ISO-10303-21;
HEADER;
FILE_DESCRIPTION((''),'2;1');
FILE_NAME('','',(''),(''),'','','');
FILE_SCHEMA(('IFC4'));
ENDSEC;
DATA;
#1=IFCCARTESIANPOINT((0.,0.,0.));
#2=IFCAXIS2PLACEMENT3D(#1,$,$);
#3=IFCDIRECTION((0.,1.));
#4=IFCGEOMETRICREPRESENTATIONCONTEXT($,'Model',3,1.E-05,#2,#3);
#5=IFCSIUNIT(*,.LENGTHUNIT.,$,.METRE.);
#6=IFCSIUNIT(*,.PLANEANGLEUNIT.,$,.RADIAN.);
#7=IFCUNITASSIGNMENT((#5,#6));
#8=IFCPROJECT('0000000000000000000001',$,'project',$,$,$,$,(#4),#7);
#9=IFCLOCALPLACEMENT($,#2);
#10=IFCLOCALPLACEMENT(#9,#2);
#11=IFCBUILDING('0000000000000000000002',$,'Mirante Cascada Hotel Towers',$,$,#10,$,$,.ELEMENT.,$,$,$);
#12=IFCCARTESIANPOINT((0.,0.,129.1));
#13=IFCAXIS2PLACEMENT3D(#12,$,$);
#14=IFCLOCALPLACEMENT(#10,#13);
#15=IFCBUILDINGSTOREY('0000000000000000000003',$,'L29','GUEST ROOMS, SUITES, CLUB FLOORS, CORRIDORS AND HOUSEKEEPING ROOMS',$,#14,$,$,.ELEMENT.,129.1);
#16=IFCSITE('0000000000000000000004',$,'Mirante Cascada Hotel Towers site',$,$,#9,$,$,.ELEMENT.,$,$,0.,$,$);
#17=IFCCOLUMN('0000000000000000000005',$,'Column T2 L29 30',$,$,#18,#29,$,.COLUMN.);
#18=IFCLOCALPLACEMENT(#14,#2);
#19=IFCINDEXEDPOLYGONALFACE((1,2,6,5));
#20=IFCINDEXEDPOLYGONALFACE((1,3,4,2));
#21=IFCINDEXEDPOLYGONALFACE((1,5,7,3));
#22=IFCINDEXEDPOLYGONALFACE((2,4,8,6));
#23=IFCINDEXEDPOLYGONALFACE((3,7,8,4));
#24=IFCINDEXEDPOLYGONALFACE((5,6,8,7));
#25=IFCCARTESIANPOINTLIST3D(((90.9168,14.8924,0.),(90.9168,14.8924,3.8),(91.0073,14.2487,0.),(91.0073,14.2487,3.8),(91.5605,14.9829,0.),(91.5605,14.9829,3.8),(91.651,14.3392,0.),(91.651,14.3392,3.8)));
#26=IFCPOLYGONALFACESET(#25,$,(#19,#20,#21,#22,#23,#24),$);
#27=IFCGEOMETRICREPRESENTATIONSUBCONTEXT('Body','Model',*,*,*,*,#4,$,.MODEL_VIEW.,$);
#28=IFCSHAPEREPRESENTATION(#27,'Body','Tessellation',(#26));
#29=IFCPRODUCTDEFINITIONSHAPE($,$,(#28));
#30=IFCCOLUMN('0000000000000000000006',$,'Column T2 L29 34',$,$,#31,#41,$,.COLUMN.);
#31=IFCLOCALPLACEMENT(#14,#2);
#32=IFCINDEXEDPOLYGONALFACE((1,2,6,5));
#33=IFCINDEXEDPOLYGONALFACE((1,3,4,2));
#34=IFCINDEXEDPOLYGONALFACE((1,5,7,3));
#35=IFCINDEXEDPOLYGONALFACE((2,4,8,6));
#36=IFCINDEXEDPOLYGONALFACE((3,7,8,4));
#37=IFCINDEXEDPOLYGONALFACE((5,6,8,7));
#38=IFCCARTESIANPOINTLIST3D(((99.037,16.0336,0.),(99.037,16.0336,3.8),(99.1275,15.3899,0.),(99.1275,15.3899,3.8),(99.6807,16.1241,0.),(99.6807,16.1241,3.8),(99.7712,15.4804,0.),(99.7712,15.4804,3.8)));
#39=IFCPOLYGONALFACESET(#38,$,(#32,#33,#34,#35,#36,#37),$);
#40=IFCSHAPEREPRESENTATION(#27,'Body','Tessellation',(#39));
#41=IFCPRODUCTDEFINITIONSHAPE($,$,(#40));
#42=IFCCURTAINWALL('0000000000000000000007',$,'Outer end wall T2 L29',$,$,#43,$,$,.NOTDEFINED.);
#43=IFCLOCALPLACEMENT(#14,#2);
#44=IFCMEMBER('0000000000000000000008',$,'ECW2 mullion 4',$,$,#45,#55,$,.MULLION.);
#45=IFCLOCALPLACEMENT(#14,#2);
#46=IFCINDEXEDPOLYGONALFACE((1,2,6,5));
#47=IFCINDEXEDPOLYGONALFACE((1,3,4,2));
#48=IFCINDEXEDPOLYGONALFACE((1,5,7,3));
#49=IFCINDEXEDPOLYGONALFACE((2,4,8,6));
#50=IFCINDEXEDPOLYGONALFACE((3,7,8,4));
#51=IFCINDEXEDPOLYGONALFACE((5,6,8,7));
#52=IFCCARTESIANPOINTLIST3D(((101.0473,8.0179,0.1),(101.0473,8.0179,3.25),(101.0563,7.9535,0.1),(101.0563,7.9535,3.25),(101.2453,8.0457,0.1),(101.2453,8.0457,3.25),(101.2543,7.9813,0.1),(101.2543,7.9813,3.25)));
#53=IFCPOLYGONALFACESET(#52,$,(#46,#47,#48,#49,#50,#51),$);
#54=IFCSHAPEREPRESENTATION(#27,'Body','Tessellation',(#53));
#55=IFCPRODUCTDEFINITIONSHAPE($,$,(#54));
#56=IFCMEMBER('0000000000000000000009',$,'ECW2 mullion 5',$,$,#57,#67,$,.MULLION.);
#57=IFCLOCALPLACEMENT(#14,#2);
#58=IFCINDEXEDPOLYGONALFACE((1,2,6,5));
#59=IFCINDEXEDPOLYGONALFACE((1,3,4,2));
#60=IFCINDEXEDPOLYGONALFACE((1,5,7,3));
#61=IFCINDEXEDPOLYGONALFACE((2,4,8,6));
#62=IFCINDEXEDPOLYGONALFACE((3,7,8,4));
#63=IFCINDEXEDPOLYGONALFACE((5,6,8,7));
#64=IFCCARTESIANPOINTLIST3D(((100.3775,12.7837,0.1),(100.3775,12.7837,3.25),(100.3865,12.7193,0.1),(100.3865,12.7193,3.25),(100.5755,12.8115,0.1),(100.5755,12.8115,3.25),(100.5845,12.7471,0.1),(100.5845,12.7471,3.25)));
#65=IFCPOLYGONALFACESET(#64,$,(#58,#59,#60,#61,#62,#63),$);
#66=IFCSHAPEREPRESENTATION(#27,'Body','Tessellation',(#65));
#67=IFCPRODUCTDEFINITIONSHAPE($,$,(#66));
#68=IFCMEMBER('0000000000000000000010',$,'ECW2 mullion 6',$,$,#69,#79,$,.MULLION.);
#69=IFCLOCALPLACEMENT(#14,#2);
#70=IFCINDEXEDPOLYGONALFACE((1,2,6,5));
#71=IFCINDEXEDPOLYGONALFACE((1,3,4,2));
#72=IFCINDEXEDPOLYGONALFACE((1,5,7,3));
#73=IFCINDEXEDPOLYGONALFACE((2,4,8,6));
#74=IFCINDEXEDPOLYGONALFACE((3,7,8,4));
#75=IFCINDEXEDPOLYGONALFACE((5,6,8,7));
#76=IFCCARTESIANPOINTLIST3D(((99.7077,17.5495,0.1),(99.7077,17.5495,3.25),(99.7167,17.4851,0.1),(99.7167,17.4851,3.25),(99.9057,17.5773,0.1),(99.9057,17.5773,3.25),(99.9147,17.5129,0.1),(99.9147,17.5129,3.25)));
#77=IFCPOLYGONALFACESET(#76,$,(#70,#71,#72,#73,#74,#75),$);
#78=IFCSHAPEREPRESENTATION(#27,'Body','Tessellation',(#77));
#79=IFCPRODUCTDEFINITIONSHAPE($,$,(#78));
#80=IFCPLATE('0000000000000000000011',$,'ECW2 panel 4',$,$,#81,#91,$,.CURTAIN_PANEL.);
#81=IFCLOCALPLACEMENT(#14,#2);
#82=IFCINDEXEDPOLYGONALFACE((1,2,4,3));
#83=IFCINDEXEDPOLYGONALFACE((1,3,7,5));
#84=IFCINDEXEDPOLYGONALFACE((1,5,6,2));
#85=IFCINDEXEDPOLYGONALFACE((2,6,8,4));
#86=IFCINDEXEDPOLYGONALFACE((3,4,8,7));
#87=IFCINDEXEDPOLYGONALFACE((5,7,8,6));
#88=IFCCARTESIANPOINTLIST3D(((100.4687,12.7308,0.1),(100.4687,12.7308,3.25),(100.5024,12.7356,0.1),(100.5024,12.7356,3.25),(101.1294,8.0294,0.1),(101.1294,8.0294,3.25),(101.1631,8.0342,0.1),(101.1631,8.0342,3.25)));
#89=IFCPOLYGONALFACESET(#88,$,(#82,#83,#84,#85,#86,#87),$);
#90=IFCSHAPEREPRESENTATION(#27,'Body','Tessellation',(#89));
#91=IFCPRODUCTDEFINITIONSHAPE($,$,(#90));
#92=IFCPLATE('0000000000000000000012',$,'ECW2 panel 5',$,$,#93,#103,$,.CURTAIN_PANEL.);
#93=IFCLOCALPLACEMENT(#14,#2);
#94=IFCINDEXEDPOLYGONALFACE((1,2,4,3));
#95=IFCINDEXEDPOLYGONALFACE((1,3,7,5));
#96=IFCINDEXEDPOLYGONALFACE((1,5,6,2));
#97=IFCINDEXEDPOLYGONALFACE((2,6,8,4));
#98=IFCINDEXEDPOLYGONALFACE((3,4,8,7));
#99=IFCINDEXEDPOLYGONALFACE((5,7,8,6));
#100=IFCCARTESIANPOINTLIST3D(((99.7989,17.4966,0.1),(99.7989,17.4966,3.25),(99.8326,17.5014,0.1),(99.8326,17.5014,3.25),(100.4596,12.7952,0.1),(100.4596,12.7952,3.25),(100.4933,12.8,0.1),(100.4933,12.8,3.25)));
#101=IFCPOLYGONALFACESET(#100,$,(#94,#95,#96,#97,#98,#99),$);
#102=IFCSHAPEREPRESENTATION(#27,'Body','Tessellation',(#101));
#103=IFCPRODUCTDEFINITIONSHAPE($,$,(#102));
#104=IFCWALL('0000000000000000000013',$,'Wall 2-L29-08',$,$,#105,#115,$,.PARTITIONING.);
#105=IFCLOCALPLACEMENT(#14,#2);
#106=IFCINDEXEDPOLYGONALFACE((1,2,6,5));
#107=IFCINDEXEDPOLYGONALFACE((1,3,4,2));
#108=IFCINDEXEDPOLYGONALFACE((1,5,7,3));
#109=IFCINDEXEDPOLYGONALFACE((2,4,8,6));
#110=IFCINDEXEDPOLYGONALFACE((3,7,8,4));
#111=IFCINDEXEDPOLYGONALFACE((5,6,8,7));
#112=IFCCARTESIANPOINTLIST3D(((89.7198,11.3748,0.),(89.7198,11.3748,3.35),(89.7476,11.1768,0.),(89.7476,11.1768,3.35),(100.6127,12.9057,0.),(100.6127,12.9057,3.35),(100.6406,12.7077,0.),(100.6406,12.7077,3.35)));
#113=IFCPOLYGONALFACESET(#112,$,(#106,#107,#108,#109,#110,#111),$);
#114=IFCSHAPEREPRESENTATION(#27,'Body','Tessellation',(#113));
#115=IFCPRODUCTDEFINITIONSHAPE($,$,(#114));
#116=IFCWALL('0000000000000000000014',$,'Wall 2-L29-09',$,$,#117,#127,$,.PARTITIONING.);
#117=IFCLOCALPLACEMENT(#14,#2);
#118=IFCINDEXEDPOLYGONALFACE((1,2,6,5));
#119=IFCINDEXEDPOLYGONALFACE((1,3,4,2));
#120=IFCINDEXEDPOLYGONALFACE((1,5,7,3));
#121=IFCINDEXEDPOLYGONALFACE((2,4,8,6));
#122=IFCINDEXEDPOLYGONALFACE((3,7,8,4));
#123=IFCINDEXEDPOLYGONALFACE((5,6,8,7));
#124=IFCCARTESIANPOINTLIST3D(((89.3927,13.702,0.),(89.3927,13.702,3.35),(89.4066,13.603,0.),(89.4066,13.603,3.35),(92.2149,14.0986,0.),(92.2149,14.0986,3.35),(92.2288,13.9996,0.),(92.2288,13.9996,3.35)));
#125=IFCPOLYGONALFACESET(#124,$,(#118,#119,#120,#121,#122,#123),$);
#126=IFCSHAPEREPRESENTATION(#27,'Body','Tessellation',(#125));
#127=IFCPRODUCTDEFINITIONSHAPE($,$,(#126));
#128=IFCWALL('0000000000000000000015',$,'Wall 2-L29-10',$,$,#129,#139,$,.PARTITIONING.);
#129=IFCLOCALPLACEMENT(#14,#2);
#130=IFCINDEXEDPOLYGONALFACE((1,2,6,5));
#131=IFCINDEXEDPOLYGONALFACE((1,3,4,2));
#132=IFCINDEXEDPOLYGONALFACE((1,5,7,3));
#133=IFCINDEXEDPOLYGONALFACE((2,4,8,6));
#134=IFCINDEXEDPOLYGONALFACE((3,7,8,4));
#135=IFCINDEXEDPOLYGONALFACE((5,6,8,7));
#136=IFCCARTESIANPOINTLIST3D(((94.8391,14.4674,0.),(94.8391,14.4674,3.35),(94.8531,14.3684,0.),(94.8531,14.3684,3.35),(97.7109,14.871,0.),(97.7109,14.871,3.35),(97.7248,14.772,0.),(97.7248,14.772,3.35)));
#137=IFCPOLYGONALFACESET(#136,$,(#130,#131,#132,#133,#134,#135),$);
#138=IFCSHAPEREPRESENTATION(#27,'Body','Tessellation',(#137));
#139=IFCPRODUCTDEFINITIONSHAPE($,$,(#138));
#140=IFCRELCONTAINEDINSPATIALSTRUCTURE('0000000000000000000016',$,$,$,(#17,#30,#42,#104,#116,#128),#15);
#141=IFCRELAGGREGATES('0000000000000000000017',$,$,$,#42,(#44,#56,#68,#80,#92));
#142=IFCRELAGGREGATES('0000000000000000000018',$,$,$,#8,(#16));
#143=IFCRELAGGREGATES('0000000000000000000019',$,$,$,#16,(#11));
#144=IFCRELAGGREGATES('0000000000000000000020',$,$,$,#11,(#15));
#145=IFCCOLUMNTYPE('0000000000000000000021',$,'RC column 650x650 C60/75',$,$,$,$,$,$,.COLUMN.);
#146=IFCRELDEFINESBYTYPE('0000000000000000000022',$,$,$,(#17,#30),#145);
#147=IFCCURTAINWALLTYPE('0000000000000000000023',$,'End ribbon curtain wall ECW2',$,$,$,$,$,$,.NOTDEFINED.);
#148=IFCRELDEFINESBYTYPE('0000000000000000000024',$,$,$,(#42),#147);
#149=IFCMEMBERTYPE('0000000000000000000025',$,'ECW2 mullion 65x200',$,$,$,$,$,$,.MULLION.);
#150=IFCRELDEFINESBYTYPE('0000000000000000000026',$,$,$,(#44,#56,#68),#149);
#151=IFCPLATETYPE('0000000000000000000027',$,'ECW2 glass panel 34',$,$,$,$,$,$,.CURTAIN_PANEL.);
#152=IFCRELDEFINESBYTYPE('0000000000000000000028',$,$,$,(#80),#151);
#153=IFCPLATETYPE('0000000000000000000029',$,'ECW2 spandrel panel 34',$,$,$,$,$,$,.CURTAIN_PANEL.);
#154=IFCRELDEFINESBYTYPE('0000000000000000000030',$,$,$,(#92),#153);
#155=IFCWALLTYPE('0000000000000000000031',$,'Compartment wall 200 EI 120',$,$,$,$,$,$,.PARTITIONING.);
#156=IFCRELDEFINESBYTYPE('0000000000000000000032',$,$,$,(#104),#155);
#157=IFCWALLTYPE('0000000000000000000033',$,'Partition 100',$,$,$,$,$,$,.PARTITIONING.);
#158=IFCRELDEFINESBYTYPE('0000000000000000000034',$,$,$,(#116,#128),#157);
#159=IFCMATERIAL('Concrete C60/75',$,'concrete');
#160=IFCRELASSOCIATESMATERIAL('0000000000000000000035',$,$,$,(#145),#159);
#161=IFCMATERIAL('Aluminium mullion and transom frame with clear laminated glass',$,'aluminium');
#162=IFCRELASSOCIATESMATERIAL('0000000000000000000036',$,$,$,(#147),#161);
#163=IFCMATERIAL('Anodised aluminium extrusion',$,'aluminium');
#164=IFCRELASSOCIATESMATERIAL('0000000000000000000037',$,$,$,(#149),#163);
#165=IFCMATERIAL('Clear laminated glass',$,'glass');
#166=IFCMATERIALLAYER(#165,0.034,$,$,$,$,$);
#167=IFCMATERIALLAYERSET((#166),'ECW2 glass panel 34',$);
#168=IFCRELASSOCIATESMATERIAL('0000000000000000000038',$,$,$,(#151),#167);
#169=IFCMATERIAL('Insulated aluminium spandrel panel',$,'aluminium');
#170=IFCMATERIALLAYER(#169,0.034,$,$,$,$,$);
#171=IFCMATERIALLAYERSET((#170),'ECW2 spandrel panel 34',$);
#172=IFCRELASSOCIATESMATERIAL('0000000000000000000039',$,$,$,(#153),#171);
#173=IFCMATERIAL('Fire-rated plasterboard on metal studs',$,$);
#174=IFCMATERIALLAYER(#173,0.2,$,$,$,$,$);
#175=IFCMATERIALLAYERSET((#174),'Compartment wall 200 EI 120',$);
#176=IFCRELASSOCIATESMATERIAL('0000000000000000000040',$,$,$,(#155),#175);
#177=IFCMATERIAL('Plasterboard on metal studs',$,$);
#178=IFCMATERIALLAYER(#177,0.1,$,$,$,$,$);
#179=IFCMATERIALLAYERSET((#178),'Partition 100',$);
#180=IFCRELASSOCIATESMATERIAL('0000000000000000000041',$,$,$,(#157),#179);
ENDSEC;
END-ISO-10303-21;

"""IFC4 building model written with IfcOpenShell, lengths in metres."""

from ifc_helpers import new_model, si_unit, direction, frame, frame_2d, origin, origin_2d, place, context, subcontext, project, spatial, rectangle, extrude, material, layer, layer_set, material_profile, profile_set, type_object, element, aggregate, save


model = new_model("IFC4")

# Units and contexts
model_context = context("Model", 3, precision=1e-05, world=origin(), true_north=direction((0.0, 1.0)))
body_context = subcontext(model_context, "Body", "Model", "MODEL_VIEW")
ifc_project = project(units=[si_unit("LENGTHUNIT", "METRE"), si_unit("PLANEANGLEUNIT", "RADIAN")], contexts=[model_context])

# Site, building, storey
site_placement = place(None, origin())
site = spatial("IfcSite", under=ifc_project, at=site_placement, Name="Mirante Cascada Hotel Towers site", CompositionType="ELEMENT", RefElevation=0.0)
building_placement = place(site_placement, origin())
building = spatial("IfcBuilding", under=site, at=building_placement, Name="Mirante Cascada Hotel Towers", CompositionType="ELEMENT")
storey_placement = place(building_placement, frame((0.0, 0.0, 129.1)))
storey = spatial("IfcBuildingStorey", under=building, at=storey_placement, Name="L29", Description="GUEST ROOMS, SUITES, CLUB FLOORS, CORRIDORS AND HOUSEKEEPING ROOMS", CompositionType="ELEMENT", Elevation=129.1)

# Columns
ifc_material_1 = material(Name="Concrete C60/75", Category="concrete")
ifc_material_profile_1 = material_profile(ifc_material_1, rectangle(XDim=0.65, YDim=0.65, at=origin_2d()), Name="RC column 650x650 C60/75")
ifc_profile_set_1 = profile_set([ifc_material_profile_1], Name="Concrete C60/75")
column_type = type_object("IfcColumnType", Name="RC column 650x650 C60/75", PredefinedType="COLUMN", material=ifc_profile_set_1)
for number, where, z_axis, x_axis, name in (
    (1, (91.2839, 14.6158, 0.0), (0.0, 0.0, 1.0), (0.990268, 0.139173, 0.0), "Column T2 L29 30"),
    (2, (99.4041, 15.757, 0.0), (0.0, 0.0, 1.0), (0.990268, 0.139173, 0.0), "Column T2 L29 34"),
):
    element("IfcColumn", number, at=place(storey_placement, frame(where, z_axis=z_axis, x_axis=x_axis)), inside=storey, type_object=column_type, Name=name, PredefinedType="COLUMN", context=body_context, shape_type="SweptSolid", body=[
        extrude(rectangle(XDim=0.65, YDim=0.65, at=origin_2d()), origin(), (0.0, 0.0, 1.0), 3.8),
    ])

# Curtain wall, members, plates
ifc_material_2 = material(Name="Aluminium mullion and transom frame with clear laminated glass", Category="aluminium")
curtain_wall_type = type_object("IfcCurtainWallType", Name="End ribbon curtain wall ECW2", PredefinedType="NOTDEFINED", material=ifc_material_2)
curtain_wall_placement = place(storey_placement, origin())
curtain_wall = element("IfcCurtainWall", 3, at=curtain_wall_placement, inside=storey, type_object=curtain_wall_type, Name="Outer end wall T2 L29", PredefinedType="NOTDEFINED")
ifc_material_3 = material(Name="Anodised aluminium extrusion", Category="aluminium")
ifc_material_profile_2 = material_profile(ifc_material_3, rectangle(XDim=0.2, YDim=0.065, at=origin_2d()), Name="ECW2 MULLION 65x200")
ifc_profile_set_2 = profile_set([ifc_material_profile_2], Name="Anodised aluminium extrusion")
member_type = type_object("IfcMemberType", Name="ECW2 mullion 65x200", PredefinedType="MULLION", material=ifc_profile_set_2)
member_1_placement = place(storey_placement, frame((101.1508, 7.9996, 0.1), z_axis=(0.0, 0.0, 1.0), x_axis=(-0.990268, -0.139173, 0.0)))
member_1 = element("IfcMember", 4, at=member_1_placement, type_object=member_type, Name="ECW2 mullion 4", PredefinedType="MULLION", context=body_context, shape_type="SweptSolid", body=[
    extrude(rectangle(XDim=0.2, YDim=0.065, at=origin_2d()), origin(), (0.0, 0.0, 1.0), 3.15),
])
member_2_placement = place(storey_placement, frame((100.481, 12.7654, 0.1), z_axis=(0.0, 0.0, 1.0), x_axis=(-0.990268, -0.139173, 0.0)))
member_2 = element("IfcMember", 5, at=member_2_placement, type_object=member_type, Name="ECW2 mullion 5", PredefinedType="MULLION", context=body_context, shape_type="SweptSolid", body=[
    extrude(rectangle(XDim=0.2, YDim=0.065, at=origin_2d()), origin(), (0.0, 0.0, 1.0), 3.15),
])
member_3_placement = place(storey_placement, frame((99.8112, 17.5312, 0.1), z_axis=(0.0, 0.0, 1.0), x_axis=(-0.990268, -0.139173, 0.0)))
member_3 = element("IfcMember", 6, at=member_3_placement, type_object=member_type, Name="ECW2 mullion 6", PredefinedType="MULLION", context=body_context, shape_type="SweptSolid", body=[
    extrude(rectangle(XDim=0.2, YDim=0.065, at=origin_2d()), origin(), (0.0, 0.0, 1.0), 3.15),
])
ifc_material_4 = material(Name="Clear laminated glass", Category="glass")
ifc_layer_1 = layer(ifc_material_4, 0.034)
ifc_layer_set_1 = layer_set([ifc_layer_1], Name="ECW2 glass panel 34")
plate_type_1 = type_object("IfcPlateType", Name="ECW2 glass panel 34", PredefinedType="CURTAIN_PANEL", material=ifc_layer_set_1)
plate_1_placement = place(storey_placement, frame((100.8159, 10.3825, 0.1), z_axis=(0.0, 0.0, 1.0), x_axis=(-0.139173, 0.990268, 0.0)))
plate_1 = element("IfcPlate", 7, at=plate_1_placement, type_object=plate_type_1, Name="ECW2 panel 4", PredefinedType="CURTAIN_PANEL", context=body_context, shape_type="SweptSolid", body=[
    extrude(rectangle(XDim=4.7476, YDim=0.034, at=origin_2d()), origin(), (0.0, 0.0, 1.0), 3.15),
])
ifc_material_5 = material(Name="Insulated aluminium spandrel panel", Category="aluminium")
ifc_layer_2 = layer(ifc_material_5, 0.034)
ifc_layer_set_2 = layer_set([ifc_layer_2], Name="ECW2 spandrel panel 34")
plate_type_2 = type_object("IfcPlateType", Name="ECW2 spandrel panel 34", PredefinedType="CURTAIN_PANEL", material=ifc_layer_set_2)
plate_2_placement = place(storey_placement, frame((100.1461, 15.1483, 0.1), z_axis=(0.0, 0.0, 1.0), x_axis=(-0.139173, 0.990268, 0.0)))
plate_2 = element("IfcPlate", 8, at=plate_2_placement, type_object=plate_type_2, Name="ECW2 panel 5", PredefinedType="CURTAIN_PANEL", context=body_context, shape_type="SweptSolid", body=[
    extrude(rectangle(XDim=4.7476, YDim=0.034, at=origin_2d()), origin(), (0.0, 0.0, 1.0), 3.15),
])
aggregate(curtain_wall, [member_1, member_2, member_3, plate_1, plate_2])

# Walls
ifc_material_6 = material(Name="Fire-rated plasterboard on metal studs")
ifc_layer_3 = layer(ifc_material_6, 0.2)
ifc_layer_set_3 = layer_set([ifc_layer_3], Name="Compartment wall 200 EI 120")
wall_type_1 = type_object("IfcWallType", Name="Compartment wall 200 EI 120", PredefinedType="PARTITIONING", material=ifc_layer_set_3)
wall_1_placement = place(storey_placement, frame((89.7337, 11.2758, 0.0), z_axis=(0.0, 0.0, 1.0), x_axis=(0.990268, 0.139173, 0.0)))
element("IfcWall", 9, at=wall_1_placement, inside=storey, type_object=wall_type_1, Name="Wall 2-L29-08", PredefinedType="PARTITIONING", context=body_context, shape_type="SweptSolid", body=[
    extrude(rectangle(XDim=11.0, YDim=0.2, at=frame_2d((5.5, 0.0))), origin(), (0.0, 0.0, 1.0), 3.35),
])
ifc_material_7 = material(Name="Plasterboard on metal studs")
ifc_layer_4 = layer(ifc_material_7, 0.1)
ifc_layer_set_4 = layer_set([ifc_layer_4], Name="Partition 100")
wall_type_2 = type_object("IfcWallType", Name="Partition 100", PredefinedType="PARTITIONING", material=ifc_layer_set_4)
wall_2_placement = place(storey_placement, frame((92.2219, 14.0491, 0.0), z_axis=(0.0, 0.0, 1.0), x_axis=(-0.99027, -0.139161, 0.0)))
element("IfcWall", 10, at=wall_2_placement, inside=storey, type_object=wall_type_2, Name="Wall 2-L29-09", PredefinedType="PARTITIONING", context=body_context, shape_type="SweptSolid", body=[
    extrude(rectangle(XDim=2.8499, YDim=0.1, at=frame_2d((1.425, 0.0))), origin(), (0.0, 0.0, 1.0), 3.35),
])
wall_3_placement = place(storey_placement, frame((94.8461, 14.4179, 0.0), z_axis=(0.0, 0.0, 1.0), x_axis=(0.990268, 0.139171, 0.0)))
element("IfcWall", 11, at=wall_3_placement, inside=storey, type_object=wall_type_2, Name="Wall 2-L29-10", PredefinedType="PARTITIONING", context=body_context, shape_type="SweptSolid", body=[
    extrude(rectangle(XDim=2.9, YDim=0.1, at=frame_2d((1.45, 0.0))), origin(), (0.0, 0.0, 1.0), 3.35),
])

save(model, "model.ifc")
